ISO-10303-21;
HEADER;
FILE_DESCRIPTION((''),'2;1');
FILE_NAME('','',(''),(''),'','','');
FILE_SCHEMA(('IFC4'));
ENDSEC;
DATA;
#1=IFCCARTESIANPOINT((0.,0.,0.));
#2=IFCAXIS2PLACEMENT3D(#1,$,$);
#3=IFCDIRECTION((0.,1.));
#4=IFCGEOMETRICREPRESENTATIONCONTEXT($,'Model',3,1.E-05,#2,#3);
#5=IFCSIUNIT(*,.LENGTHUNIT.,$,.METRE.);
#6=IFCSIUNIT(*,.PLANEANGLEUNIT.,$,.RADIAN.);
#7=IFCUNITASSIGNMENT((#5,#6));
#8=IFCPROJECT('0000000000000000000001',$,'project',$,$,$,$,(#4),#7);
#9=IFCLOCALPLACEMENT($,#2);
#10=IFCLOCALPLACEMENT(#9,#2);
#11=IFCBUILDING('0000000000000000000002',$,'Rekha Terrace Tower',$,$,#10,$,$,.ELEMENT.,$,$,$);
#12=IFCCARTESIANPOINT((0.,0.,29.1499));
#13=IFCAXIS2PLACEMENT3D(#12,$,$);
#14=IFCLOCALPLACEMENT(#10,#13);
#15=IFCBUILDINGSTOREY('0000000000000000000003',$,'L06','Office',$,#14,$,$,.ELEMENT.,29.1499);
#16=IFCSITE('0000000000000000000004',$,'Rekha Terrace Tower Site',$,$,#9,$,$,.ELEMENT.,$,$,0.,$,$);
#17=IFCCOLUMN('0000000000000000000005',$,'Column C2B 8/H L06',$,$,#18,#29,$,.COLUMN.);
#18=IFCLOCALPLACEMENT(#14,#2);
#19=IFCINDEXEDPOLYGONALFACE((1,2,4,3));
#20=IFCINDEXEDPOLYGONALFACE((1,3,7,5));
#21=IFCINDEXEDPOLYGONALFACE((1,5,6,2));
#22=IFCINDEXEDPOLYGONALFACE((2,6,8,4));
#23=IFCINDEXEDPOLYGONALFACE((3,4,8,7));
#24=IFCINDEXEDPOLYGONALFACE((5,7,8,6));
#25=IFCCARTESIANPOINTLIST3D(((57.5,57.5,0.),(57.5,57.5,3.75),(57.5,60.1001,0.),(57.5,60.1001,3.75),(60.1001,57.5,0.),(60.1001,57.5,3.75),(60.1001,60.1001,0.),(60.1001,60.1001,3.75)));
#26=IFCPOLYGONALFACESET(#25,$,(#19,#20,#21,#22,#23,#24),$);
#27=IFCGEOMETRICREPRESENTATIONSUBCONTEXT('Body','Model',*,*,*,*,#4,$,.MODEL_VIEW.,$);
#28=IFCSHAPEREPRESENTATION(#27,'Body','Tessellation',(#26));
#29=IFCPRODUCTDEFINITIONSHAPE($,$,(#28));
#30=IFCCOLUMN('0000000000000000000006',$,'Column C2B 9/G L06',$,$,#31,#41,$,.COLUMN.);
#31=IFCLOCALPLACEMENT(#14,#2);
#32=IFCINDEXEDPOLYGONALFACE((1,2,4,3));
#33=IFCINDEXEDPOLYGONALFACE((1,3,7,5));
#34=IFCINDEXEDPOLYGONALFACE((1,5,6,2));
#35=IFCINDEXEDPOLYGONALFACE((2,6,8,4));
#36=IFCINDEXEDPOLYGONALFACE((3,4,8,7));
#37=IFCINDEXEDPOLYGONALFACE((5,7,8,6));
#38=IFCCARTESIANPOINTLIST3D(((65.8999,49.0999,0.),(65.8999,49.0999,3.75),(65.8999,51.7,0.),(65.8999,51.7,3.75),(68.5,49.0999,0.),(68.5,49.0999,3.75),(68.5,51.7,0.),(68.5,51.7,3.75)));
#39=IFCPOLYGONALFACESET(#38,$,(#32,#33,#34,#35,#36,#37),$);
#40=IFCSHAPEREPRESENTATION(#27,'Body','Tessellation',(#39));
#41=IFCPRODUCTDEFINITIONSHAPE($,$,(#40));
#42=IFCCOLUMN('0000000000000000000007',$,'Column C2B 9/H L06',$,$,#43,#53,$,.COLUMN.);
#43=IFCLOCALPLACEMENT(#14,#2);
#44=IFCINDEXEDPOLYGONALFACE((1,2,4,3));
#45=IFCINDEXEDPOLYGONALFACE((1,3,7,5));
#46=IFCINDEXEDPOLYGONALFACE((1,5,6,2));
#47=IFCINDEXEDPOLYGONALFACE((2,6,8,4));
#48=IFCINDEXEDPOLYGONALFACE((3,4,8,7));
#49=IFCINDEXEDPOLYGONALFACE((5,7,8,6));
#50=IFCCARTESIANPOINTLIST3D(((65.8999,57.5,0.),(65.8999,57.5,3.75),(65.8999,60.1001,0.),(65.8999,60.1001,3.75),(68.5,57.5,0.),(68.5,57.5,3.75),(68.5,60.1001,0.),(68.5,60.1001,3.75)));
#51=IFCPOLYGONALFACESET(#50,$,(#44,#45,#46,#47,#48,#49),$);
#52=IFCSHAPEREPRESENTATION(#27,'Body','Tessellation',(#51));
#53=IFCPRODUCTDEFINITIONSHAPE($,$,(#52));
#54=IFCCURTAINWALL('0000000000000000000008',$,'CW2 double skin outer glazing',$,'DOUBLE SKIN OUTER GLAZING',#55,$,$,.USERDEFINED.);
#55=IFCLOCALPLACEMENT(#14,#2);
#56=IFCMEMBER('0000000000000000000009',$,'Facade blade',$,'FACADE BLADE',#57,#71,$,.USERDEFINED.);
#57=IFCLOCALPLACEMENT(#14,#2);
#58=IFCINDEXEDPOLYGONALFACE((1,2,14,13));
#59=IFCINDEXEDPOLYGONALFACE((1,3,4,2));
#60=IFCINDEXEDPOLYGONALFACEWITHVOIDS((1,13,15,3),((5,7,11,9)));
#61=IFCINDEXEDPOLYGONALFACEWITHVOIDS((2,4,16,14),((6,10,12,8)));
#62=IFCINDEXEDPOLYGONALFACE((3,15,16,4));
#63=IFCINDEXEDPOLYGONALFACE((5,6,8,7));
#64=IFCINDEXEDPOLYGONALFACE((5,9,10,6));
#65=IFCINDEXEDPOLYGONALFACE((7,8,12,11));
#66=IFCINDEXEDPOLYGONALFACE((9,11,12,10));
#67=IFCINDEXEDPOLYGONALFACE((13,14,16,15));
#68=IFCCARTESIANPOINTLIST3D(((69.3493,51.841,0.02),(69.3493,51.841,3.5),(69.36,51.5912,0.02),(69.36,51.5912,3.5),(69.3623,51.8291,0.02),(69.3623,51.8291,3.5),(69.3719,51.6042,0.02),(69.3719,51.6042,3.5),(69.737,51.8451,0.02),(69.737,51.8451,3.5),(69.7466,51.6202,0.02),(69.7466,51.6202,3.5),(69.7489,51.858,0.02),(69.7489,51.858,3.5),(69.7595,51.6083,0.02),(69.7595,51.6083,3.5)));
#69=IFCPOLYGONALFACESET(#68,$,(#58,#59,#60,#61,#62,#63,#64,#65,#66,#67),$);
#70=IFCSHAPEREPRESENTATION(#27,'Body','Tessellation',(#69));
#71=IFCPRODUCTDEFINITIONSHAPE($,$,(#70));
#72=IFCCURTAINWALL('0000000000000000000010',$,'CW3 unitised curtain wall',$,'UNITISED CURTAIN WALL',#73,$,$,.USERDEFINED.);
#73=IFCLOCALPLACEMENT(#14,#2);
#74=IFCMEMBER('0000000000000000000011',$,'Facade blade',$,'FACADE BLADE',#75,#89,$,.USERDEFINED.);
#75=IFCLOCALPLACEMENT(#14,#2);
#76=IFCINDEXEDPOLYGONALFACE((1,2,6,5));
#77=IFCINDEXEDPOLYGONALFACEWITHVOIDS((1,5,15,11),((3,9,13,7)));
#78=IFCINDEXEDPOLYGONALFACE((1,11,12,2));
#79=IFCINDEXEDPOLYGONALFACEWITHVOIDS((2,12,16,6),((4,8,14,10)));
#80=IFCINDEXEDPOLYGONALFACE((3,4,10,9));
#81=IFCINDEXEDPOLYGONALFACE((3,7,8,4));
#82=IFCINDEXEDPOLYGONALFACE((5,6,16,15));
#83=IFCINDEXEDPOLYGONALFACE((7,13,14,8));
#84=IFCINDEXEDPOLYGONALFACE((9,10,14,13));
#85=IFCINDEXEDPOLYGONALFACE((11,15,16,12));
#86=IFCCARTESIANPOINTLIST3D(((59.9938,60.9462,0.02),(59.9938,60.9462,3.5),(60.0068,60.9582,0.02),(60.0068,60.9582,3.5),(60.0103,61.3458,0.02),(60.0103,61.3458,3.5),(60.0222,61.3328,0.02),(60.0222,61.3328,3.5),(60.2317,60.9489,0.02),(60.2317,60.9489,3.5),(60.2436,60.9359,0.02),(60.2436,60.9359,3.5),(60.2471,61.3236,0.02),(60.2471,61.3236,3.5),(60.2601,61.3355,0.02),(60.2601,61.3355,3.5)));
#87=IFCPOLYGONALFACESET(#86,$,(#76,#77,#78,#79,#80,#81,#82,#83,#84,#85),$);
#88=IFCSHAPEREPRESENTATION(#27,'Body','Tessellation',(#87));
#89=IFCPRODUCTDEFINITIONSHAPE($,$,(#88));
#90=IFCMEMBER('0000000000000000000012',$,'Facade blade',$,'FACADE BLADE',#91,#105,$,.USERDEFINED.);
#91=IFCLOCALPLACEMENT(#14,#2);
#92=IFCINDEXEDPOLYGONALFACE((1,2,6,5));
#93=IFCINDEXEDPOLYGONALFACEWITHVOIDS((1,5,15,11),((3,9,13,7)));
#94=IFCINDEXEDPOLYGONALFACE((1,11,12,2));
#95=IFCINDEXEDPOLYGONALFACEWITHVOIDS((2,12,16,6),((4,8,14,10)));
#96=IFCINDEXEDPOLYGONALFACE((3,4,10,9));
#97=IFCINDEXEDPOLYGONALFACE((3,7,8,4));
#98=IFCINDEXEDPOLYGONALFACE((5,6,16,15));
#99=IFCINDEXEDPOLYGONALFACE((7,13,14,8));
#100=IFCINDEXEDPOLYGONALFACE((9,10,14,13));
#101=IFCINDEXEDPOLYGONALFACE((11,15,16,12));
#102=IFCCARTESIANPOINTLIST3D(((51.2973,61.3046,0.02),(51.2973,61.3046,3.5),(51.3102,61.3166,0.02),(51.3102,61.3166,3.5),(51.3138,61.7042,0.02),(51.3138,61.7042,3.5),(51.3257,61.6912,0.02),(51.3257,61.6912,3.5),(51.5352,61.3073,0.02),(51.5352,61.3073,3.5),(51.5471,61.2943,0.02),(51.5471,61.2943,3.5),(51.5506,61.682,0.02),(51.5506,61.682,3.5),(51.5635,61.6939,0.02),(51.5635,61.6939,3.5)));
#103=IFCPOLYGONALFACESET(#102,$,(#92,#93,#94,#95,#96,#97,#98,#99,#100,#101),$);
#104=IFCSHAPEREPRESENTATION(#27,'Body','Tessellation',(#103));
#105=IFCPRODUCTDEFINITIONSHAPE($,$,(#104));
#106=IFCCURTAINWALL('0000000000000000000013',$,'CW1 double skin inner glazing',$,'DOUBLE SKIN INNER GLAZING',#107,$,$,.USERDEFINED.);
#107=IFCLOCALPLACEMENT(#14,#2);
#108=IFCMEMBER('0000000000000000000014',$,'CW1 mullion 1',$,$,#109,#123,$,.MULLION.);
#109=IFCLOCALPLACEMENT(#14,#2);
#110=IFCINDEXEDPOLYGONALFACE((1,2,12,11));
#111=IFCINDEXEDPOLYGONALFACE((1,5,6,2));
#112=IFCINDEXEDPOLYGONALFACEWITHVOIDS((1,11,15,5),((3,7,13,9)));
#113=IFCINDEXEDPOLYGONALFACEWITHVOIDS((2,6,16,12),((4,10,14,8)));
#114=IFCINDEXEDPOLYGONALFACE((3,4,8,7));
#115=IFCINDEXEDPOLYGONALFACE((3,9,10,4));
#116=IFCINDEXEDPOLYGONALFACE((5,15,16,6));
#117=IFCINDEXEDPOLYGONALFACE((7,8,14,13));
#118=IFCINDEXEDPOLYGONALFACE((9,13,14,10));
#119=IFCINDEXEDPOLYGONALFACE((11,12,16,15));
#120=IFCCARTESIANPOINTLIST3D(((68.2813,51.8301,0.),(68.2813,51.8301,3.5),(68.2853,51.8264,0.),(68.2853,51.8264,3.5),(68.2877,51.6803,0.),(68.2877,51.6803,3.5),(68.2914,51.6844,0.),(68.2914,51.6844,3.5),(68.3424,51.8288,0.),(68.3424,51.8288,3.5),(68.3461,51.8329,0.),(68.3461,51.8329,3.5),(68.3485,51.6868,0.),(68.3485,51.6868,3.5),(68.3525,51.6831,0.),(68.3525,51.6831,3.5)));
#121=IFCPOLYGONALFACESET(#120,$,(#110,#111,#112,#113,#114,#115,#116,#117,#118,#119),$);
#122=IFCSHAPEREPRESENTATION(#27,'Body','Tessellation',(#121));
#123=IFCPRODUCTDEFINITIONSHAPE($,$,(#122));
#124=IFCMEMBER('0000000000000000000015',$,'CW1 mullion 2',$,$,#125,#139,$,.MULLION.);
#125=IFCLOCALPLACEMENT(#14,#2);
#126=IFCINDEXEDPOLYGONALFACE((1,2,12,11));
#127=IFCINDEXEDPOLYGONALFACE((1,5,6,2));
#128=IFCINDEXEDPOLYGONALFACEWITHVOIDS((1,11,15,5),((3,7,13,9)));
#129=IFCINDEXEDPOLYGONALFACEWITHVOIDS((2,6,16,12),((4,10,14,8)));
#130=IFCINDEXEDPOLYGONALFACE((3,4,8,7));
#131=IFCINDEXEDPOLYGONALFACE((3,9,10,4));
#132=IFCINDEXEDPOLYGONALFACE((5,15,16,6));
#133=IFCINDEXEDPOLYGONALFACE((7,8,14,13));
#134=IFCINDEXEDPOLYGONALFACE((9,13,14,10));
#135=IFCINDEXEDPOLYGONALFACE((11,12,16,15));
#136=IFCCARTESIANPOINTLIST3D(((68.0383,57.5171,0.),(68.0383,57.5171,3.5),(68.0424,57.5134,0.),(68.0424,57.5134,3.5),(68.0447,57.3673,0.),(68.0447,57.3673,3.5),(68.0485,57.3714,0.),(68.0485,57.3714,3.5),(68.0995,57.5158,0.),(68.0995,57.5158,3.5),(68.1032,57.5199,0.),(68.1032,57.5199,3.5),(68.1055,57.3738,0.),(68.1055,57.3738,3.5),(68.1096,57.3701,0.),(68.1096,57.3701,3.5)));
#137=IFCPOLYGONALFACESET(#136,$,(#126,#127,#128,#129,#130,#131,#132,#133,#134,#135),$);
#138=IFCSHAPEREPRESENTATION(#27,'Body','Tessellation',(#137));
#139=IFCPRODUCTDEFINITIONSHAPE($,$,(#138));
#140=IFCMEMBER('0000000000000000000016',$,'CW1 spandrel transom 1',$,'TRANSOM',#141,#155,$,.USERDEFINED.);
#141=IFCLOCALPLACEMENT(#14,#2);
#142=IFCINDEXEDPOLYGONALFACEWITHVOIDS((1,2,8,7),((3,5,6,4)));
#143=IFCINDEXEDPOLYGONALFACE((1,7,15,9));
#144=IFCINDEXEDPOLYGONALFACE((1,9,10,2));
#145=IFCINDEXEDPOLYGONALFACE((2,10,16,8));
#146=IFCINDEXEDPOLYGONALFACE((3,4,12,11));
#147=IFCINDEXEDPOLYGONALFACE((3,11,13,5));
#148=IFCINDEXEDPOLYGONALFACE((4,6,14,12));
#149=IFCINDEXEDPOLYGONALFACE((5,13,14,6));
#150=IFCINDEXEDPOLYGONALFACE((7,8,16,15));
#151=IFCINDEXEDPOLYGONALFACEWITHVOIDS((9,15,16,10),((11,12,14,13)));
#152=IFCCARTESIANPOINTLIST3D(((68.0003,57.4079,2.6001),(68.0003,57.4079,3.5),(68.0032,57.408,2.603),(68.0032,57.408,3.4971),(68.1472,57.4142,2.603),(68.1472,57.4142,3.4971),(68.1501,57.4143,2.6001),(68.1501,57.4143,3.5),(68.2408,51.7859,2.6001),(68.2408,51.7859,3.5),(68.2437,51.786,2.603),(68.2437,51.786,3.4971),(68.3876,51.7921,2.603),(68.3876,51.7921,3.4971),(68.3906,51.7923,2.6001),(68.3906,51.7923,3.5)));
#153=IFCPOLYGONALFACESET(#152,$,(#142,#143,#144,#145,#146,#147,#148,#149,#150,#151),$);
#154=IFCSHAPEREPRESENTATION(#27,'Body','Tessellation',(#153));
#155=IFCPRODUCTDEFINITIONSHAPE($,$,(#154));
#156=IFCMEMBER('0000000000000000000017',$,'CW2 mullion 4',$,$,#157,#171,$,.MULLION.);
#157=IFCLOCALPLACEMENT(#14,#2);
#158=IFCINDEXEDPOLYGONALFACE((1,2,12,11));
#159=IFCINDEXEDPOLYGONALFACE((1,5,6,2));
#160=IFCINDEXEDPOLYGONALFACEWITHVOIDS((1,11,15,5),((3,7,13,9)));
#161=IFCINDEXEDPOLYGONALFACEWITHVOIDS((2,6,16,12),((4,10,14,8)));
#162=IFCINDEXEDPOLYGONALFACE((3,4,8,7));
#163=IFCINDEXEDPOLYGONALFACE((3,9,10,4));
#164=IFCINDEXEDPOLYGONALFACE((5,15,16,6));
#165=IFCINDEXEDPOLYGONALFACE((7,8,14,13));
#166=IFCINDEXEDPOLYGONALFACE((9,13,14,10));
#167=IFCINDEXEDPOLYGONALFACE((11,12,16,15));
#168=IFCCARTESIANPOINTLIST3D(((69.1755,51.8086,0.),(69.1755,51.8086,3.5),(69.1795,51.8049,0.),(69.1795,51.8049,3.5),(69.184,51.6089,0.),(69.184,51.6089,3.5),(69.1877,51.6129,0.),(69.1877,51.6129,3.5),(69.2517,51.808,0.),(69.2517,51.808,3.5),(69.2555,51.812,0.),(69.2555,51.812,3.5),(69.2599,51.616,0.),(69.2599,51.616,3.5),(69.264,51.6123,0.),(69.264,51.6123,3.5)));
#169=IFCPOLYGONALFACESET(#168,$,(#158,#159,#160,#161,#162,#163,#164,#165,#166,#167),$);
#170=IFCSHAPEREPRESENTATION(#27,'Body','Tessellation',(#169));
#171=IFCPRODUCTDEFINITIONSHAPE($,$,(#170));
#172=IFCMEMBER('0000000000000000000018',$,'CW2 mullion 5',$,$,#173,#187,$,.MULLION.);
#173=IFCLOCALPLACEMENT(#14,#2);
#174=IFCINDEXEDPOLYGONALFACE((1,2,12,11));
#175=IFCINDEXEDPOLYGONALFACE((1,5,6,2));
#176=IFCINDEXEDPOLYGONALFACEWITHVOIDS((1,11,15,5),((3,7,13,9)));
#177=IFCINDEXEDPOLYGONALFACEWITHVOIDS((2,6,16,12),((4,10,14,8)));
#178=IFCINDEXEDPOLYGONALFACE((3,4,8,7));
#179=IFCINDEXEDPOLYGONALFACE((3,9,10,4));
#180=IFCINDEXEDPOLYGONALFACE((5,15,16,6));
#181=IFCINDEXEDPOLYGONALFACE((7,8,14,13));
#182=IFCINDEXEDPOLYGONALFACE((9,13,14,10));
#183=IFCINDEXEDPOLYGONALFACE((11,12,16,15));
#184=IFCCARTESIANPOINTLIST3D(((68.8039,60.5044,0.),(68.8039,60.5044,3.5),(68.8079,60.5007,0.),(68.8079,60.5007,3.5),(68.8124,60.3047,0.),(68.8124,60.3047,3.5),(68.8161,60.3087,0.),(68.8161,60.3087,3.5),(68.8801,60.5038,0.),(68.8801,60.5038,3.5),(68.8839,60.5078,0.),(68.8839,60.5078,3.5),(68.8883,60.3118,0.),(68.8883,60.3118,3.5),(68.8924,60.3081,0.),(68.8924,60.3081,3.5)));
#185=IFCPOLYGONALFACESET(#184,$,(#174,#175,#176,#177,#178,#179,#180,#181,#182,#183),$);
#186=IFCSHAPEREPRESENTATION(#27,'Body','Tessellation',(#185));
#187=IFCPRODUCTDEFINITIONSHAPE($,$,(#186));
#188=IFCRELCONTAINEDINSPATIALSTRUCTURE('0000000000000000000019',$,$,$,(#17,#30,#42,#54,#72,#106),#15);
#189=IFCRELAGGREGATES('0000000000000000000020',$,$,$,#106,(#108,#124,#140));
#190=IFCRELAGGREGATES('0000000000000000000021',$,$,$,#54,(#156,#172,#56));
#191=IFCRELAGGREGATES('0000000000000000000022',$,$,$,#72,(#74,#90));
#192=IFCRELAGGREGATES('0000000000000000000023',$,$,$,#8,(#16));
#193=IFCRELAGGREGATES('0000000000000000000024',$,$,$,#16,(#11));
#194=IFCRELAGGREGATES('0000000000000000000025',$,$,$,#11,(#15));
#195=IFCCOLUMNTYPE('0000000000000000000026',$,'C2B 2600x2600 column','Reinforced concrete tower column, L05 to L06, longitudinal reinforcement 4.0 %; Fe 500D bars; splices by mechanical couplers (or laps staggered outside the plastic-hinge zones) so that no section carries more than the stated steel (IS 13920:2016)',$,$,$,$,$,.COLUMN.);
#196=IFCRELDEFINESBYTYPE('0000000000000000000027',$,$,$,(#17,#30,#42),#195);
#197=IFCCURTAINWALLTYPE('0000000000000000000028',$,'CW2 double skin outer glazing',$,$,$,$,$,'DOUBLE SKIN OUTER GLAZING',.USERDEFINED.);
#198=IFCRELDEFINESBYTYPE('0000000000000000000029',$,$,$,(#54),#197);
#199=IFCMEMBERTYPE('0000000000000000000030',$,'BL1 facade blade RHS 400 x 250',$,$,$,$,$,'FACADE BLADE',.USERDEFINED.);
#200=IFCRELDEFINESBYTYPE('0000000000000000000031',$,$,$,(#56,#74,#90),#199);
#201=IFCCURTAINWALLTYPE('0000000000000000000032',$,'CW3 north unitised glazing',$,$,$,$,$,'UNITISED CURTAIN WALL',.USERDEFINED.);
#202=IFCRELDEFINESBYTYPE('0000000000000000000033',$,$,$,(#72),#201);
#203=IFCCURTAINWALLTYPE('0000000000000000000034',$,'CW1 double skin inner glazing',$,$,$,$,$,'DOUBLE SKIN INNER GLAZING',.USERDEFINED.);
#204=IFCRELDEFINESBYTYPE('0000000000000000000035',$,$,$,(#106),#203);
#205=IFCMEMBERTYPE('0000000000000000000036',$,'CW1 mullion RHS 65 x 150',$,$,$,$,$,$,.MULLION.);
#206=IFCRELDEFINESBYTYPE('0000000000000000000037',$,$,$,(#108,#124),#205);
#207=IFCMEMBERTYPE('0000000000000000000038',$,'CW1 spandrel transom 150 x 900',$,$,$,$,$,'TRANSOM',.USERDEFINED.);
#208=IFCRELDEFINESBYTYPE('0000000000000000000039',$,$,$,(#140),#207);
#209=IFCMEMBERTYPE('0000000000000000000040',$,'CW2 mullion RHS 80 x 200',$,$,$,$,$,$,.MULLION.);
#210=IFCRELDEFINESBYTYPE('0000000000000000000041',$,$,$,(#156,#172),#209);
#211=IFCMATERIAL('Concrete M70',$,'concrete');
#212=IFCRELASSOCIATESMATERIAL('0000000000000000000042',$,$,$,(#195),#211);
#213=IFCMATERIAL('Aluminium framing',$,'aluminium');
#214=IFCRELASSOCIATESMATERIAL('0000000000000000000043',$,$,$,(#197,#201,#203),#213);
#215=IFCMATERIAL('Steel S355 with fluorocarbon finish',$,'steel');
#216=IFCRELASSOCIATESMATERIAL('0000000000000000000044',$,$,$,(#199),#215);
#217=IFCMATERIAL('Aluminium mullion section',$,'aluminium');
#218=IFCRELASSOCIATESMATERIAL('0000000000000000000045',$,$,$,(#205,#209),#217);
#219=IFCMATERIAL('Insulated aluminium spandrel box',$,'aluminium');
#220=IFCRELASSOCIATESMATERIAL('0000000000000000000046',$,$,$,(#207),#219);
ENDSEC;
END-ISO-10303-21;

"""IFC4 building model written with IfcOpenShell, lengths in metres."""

from ifc_helpers import new_model, si_unit, direction, frame, origin, origin_2d, place, context, subcontext, project, spatial, rectangle, hollow_rectangle, extrude, material, material_profile, profile_set, type_object, element, aggregate, save


model = new_model("IFC4")

# Units and contexts
model_context = context("Model", 3, precision=1e-05, world=origin(), true_north=direction((0.0, 1.0)))
body_context = subcontext(model_context, "Body", "Model", "MODEL_VIEW")
ifc_project = project(units=[si_unit("LENGTHUNIT", "METRE"), si_unit("PLANEANGLEUNIT", "RADIAN")], contexts=[model_context])

# Site, building, storey
site_placement = place(None, origin())
site = spatial("IfcSite", under=ifc_project, at=site_placement, Name="Rekha Terrace Tower Site", CompositionType="ELEMENT", RefElevation=0.0)
building_placement = place(site_placement, origin())
building = spatial("IfcBuilding", under=site, at=building_placement, Name="Rekha Terrace Tower", CompositionType="ELEMENT")
storey_placement = place(building_placement, frame((0.0, 0.0, 29.1499)))
storey = spatial("IfcBuildingStorey", under=building, at=storey_placement, Name="L06", Description="Office", CompositionType="ELEMENT", Elevation=29.1499)

# Columns
ifc_material_1 = material(Name="Concrete M70", Category="concrete")
ifc_material_profile_1 = material_profile(ifc_material_1, rectangle(XDim=2.6001, YDim=2.6001, at=origin_2d()), Name="RC 2600x2600")
ifc_profile_set_1 = profile_set([ifc_material_profile_1], Name="Concrete M70")
column_type = type_object("IfcColumnType", Name="C2B 2600x2600 column", Description="Reinforced concrete tower column, L05 to L06, longitudinal reinforcement 4.0 %; Fe 500D bars; splices by mechanical couplers (or laps staggered outside the plastic-hinge zones) so that no section carries more than the stated steel (IS 13920:2016)", PredefinedType="COLUMN", material=ifc_profile_set_1)
for number, where, z_axis, x_axis, name in (
    (1, (58.8, 58.8, 0.0), (0.0, 0.0, 1.0), (1.0, 0.0, 0.0), "Column C2B 8/H L06"),
    (2, (67.2, 50.3999, 0.0), (0.0, 0.0, 1.0), (1.0, 0.0, 0.0), "Column C2B 9/G L06"),
    (3, (67.2, 58.8, 0.0), (0.0, 0.0, 1.0), (1.0, 0.0, 0.0), "Column C2B 9/H L06"),
):
    element("IfcColumn", number, at=place(storey_placement, frame(where, z_axis=z_axis, x_axis=x_axis)), inside=storey, type_object=column_type, Name=name, PredefinedType="COLUMN", context=body_context, shape_type="SweptSolid", body=[
        extrude(rectangle(XDim=2.6001, YDim=2.6001, at=origin_2d()), origin(), (0.0, 0.0, 1.0), 3.75),
    ])

# Curtain wall, member
ifc_material_2 = material(Name="Aluminium framing", Category="aluminium")
curtain_wall_type_1 = type_object("IfcCurtainWallType", Name="CW2 double skin outer glazing", ElementType="DOUBLE SKIN OUTER GLAZING", PredefinedType="USERDEFINED", material=ifc_material_2)
curtain_wall_1_placement = place(storey_placement, origin())
curtain_wall_1 = element("IfcCurtainWall", 4, at=curtain_wall_1_placement, inside=storey, type_object=curtain_wall_type_1, Name="CW2 double skin outer glazing", ObjectType="DOUBLE SKIN OUTER GLAZING", PredefinedType="USERDEFINED")
ifc_material_3 = material(Name="Steel S355 with fluorocarbon finish", Category="steel")
ifc_material_profile_2 = material_profile(ifc_material_3, hollow_rectangle(XDim=0.25, YDim=0.3999, WallThickness=0.0125, at=origin_2d()), Name="RHS400x250x12.5")
ifc_profile_set_2 = profile_set([ifc_material_profile_2], Name="Steel S355 with fluorocarbon finish")
member_type_1 = type_object("IfcMemberType", Name="BL1 facade blade RHS 400 x 250", ElementType="FACADE BLADE", PredefinedType="USERDEFINED", material=ifc_profile_set_2)
member_1_placement = place(storey_placement, frame((69.5544, 51.7246, 0.02), z_axis=(0.0, 0.0, 1.0), x_axis=(-0.042695, 0.999088, 0.0)))
member_1 = element("IfcMember", 5, at=member_1_placement, type_object=member_type_1, Name="Facade blade", ObjectType="FACADE BLADE", PredefinedType="USERDEFINED", context=body_context, shape_type="SweptSolid", body=[
    extrude(hollow_rectangle(XDim=0.25, YDim=0.3999, WallThickness=0.0125, at=origin_2d()), origin(), (0.0, 0.0, 1.0), 3.48),
])

# Curtain walls, members
curtain_wall_type_2 = type_object("IfcCurtainWallType", Name="CW3 north unitised glazing", ElementType="UNITISED CURTAIN WALL", PredefinedType="USERDEFINED", material=ifc_material_2)
curtain_wall_2_placement = place(storey_placement, origin())
curtain_wall_2 = element("IfcCurtainWall", 6, at=curtain_wall_2_placement, inside=storey, type_object=curtain_wall_type_2, Name="CW3 unitised curtain wall", ObjectType="UNITISED CURTAIN WALL", PredefinedType="USERDEFINED")
member_2_placement = place(storey_placement, frame((60.127, 61.1409, 0.02), z_axis=(0.0, 0.0, 1.0), x_axis=(-0.999152, 0.041175, 0.0)))
member_2 = element("IfcMember", 7, at=member_2_placement, type_object=member_type_1, Name="Facade blade", ObjectType="FACADE BLADE", PredefinedType="USERDEFINED", context=body_context, shape_type="SweptSolid", body=[
    extrude(hollow_rectangle(XDim=0.25, YDim=0.3999, WallThickness=0.0125, at=origin_2d()), origin(), (0.0, 0.0, 1.0), 3.48),
])
member_3_placement = place(storey_placement, frame((51.4304, 61.4993, 0.02), z_axis=(0.0, 0.0, 1.0), x_axis=(-0.999152, 0.041175, 0.0)))
member_3 = element("IfcMember", 8, at=member_3_placement, type_object=member_type_1, Name="Facade blade", ObjectType="FACADE BLADE", PredefinedType="USERDEFINED", context=body_context, shape_type="SweptSolid", body=[
    extrude(hollow_rectangle(XDim=0.25, YDim=0.3999, WallThickness=0.0125, at=origin_2d()), origin(), (0.0, 0.0, 1.0), 3.48),
])
curtain_wall_type_3 = type_object("IfcCurtainWallType", Name="CW1 double skin inner glazing", ElementType="DOUBLE SKIN INNER GLAZING", PredefinedType="USERDEFINED", material=ifc_material_2)
curtain_wall_3_placement = place(storey_placement, origin())
curtain_wall_3 = element("IfcCurtainWall", 9, at=curtain_wall_3_placement, inside=storey, type_object=curtain_wall_type_3, Name="CW1 double skin inner glazing", ObjectType="DOUBLE SKIN INNER GLAZING", PredefinedType="USERDEFINED")
ifc_material_4 = material(Name="Aluminium mullion section", Category="aluminium")
ifc_material_profile_3 = material_profile(ifc_material_4, hollow_rectangle(XDim=0.0649, YDim=0.1499, WallThickness=0.0039, at=origin_2d()), Name="AL RHS 65x150")
ifc_profile_set_3 = profile_set([ifc_material_profile_3], Name="Aluminium mullion section")
member_type_2 = type_object("IfcMemberType", Name="CW1 mullion RHS 65 x 150", PredefinedType="MULLION", material=ifc_profile_set_3)
member_4_placement = place(storey_placement, frame((68.3169, 51.7566, 0.0), z_axis=(0.0, 0.0, 1.0), x_axis=(-0.999088, -0.042696, 0.0)))
member_4 = element("IfcMember", 10, at=member_4_placement, type_object=member_type_2, Name="CW1 mullion 1", PredefinedType="MULLION", context=body_context, shape_type="SweptSolid", body=[
    extrude(hollow_rectangle(XDim=0.0649, YDim=0.1499, WallThickness=0.0039, at=origin_2d()), origin(), (0.0, 0.0, 1.0), 3.5),
])
member_5_placement = place(storey_placement, frame((68.074, 57.4436, 0.0), z_axis=(0.0, 0.0, 1.0), x_axis=(-0.999088, -0.042696, 0.0)))
member_5 = element("IfcMember", 11, at=member_5_placement, type_object=member_type_2, Name="CW1 mullion 2", PredefinedType="MULLION", context=body_context, shape_type="SweptSolid", body=[
    extrude(hollow_rectangle(XDim=0.0649, YDim=0.1499, WallThickness=0.0039, at=origin_2d()), origin(), (0.0, 0.0, 1.0), 3.5),
])
ifc_material_5 = material(Name="Insulated aluminium spandrel box", Category="aluminium")
ifc_material_profile_4 = material_profile(ifc_material_5, hollow_rectangle(XDim=0.1499, YDim=0.8999, WallThickness=0.0029, at=origin_2d()), Name="AL SPANDREL BOX 150x900")
ifc_profile_set_4 = profile_set([ifc_material_profile_4], Name="Insulated aluminium spandrel box")
member_type_3 = type_object("IfcMemberType", Name="CW1 spandrel transom 150 x 900", ElementType="TRANSOM", PredefinedType="USERDEFINED", material=ifc_profile_set_4)
member_6_placement = place(storey_placement, frame((68.3157, 51.7891, 3.05), z_axis=(-0.042735, 0.999086, 0.0), x_axis=(-0.999086, -0.042735, 0.0)))
member_6 = element("IfcMember", 12, at=member_6_placement, type_object=member_type_3, Name="CW1 spandrel transom 1", ObjectType="TRANSOM", PredefinedType="USERDEFINED", context=body_context, shape_type="SweptSolid", body=[
    extrude(hollow_rectangle(XDim=0.1499, YDim=0.8999, WallThickness=0.0029, at=origin_2d()), origin(), (0.0, 0.0, 1.0), 5.6272),
])

# Members
ifc_material_profile_5 = material_profile(ifc_material_4, hollow_rectangle(XDim=0.0801, YDim=0.2, WallThickness=0.0039, at=origin_2d()), Name="AL RHS 80x200")
ifc_profile_set_5 = profile_set([ifc_material_profile_5], Name="Aluminium mullion section")
member_type_4 = type_object("IfcMemberType", Name="CW2 mullion RHS 80 x 200", PredefinedType="MULLION", material=ifc_profile_set_5)
member_7_placement = place(storey_placement, frame((69.2197, 51.7104, 0.0), z_axis=(0.0, 0.0, 1.0), x_axis=(-0.999088, -0.042696, 0.0)))
member_7 = element("IfcMember", 13, at=member_7_placement, type_object=member_type_4, Name="CW2 mullion 4", PredefinedType="MULLION", context=body_context, shape_type="SweptSolid", body=[
    extrude(hollow_rectangle(XDim=0.0801, YDim=0.2, WallThickness=0.0039, at=origin_2d()), origin(), (0.0, 0.0, 1.0), 3.5),
])
member_8_placement = place(storey_placement, frame((68.8481, 60.4062, 0.0), z_axis=(0.0, 0.0, 1.0), x_axis=(-0.999088, -0.042696, 0.0)))
member_8 = element("IfcMember", 14, at=member_8_placement, type_object=member_type_4, Name="CW2 mullion 5", PredefinedType="MULLION", context=body_context, shape_type="SweptSolid", body=[
    extrude(hollow_rectangle(XDim=0.0801, YDim=0.2, WallThickness=0.0039, at=origin_2d()), origin(), (0.0, 0.0, 1.0), 3.5),
])

aggregate(curtain_wall_3, [member_4, member_5, member_6])
aggregate(curtain_wall_1, [member_7, member_8, member_1])
aggregate(curtain_wall_2, [member_2, member_3])

save(model, "model.ifc")
